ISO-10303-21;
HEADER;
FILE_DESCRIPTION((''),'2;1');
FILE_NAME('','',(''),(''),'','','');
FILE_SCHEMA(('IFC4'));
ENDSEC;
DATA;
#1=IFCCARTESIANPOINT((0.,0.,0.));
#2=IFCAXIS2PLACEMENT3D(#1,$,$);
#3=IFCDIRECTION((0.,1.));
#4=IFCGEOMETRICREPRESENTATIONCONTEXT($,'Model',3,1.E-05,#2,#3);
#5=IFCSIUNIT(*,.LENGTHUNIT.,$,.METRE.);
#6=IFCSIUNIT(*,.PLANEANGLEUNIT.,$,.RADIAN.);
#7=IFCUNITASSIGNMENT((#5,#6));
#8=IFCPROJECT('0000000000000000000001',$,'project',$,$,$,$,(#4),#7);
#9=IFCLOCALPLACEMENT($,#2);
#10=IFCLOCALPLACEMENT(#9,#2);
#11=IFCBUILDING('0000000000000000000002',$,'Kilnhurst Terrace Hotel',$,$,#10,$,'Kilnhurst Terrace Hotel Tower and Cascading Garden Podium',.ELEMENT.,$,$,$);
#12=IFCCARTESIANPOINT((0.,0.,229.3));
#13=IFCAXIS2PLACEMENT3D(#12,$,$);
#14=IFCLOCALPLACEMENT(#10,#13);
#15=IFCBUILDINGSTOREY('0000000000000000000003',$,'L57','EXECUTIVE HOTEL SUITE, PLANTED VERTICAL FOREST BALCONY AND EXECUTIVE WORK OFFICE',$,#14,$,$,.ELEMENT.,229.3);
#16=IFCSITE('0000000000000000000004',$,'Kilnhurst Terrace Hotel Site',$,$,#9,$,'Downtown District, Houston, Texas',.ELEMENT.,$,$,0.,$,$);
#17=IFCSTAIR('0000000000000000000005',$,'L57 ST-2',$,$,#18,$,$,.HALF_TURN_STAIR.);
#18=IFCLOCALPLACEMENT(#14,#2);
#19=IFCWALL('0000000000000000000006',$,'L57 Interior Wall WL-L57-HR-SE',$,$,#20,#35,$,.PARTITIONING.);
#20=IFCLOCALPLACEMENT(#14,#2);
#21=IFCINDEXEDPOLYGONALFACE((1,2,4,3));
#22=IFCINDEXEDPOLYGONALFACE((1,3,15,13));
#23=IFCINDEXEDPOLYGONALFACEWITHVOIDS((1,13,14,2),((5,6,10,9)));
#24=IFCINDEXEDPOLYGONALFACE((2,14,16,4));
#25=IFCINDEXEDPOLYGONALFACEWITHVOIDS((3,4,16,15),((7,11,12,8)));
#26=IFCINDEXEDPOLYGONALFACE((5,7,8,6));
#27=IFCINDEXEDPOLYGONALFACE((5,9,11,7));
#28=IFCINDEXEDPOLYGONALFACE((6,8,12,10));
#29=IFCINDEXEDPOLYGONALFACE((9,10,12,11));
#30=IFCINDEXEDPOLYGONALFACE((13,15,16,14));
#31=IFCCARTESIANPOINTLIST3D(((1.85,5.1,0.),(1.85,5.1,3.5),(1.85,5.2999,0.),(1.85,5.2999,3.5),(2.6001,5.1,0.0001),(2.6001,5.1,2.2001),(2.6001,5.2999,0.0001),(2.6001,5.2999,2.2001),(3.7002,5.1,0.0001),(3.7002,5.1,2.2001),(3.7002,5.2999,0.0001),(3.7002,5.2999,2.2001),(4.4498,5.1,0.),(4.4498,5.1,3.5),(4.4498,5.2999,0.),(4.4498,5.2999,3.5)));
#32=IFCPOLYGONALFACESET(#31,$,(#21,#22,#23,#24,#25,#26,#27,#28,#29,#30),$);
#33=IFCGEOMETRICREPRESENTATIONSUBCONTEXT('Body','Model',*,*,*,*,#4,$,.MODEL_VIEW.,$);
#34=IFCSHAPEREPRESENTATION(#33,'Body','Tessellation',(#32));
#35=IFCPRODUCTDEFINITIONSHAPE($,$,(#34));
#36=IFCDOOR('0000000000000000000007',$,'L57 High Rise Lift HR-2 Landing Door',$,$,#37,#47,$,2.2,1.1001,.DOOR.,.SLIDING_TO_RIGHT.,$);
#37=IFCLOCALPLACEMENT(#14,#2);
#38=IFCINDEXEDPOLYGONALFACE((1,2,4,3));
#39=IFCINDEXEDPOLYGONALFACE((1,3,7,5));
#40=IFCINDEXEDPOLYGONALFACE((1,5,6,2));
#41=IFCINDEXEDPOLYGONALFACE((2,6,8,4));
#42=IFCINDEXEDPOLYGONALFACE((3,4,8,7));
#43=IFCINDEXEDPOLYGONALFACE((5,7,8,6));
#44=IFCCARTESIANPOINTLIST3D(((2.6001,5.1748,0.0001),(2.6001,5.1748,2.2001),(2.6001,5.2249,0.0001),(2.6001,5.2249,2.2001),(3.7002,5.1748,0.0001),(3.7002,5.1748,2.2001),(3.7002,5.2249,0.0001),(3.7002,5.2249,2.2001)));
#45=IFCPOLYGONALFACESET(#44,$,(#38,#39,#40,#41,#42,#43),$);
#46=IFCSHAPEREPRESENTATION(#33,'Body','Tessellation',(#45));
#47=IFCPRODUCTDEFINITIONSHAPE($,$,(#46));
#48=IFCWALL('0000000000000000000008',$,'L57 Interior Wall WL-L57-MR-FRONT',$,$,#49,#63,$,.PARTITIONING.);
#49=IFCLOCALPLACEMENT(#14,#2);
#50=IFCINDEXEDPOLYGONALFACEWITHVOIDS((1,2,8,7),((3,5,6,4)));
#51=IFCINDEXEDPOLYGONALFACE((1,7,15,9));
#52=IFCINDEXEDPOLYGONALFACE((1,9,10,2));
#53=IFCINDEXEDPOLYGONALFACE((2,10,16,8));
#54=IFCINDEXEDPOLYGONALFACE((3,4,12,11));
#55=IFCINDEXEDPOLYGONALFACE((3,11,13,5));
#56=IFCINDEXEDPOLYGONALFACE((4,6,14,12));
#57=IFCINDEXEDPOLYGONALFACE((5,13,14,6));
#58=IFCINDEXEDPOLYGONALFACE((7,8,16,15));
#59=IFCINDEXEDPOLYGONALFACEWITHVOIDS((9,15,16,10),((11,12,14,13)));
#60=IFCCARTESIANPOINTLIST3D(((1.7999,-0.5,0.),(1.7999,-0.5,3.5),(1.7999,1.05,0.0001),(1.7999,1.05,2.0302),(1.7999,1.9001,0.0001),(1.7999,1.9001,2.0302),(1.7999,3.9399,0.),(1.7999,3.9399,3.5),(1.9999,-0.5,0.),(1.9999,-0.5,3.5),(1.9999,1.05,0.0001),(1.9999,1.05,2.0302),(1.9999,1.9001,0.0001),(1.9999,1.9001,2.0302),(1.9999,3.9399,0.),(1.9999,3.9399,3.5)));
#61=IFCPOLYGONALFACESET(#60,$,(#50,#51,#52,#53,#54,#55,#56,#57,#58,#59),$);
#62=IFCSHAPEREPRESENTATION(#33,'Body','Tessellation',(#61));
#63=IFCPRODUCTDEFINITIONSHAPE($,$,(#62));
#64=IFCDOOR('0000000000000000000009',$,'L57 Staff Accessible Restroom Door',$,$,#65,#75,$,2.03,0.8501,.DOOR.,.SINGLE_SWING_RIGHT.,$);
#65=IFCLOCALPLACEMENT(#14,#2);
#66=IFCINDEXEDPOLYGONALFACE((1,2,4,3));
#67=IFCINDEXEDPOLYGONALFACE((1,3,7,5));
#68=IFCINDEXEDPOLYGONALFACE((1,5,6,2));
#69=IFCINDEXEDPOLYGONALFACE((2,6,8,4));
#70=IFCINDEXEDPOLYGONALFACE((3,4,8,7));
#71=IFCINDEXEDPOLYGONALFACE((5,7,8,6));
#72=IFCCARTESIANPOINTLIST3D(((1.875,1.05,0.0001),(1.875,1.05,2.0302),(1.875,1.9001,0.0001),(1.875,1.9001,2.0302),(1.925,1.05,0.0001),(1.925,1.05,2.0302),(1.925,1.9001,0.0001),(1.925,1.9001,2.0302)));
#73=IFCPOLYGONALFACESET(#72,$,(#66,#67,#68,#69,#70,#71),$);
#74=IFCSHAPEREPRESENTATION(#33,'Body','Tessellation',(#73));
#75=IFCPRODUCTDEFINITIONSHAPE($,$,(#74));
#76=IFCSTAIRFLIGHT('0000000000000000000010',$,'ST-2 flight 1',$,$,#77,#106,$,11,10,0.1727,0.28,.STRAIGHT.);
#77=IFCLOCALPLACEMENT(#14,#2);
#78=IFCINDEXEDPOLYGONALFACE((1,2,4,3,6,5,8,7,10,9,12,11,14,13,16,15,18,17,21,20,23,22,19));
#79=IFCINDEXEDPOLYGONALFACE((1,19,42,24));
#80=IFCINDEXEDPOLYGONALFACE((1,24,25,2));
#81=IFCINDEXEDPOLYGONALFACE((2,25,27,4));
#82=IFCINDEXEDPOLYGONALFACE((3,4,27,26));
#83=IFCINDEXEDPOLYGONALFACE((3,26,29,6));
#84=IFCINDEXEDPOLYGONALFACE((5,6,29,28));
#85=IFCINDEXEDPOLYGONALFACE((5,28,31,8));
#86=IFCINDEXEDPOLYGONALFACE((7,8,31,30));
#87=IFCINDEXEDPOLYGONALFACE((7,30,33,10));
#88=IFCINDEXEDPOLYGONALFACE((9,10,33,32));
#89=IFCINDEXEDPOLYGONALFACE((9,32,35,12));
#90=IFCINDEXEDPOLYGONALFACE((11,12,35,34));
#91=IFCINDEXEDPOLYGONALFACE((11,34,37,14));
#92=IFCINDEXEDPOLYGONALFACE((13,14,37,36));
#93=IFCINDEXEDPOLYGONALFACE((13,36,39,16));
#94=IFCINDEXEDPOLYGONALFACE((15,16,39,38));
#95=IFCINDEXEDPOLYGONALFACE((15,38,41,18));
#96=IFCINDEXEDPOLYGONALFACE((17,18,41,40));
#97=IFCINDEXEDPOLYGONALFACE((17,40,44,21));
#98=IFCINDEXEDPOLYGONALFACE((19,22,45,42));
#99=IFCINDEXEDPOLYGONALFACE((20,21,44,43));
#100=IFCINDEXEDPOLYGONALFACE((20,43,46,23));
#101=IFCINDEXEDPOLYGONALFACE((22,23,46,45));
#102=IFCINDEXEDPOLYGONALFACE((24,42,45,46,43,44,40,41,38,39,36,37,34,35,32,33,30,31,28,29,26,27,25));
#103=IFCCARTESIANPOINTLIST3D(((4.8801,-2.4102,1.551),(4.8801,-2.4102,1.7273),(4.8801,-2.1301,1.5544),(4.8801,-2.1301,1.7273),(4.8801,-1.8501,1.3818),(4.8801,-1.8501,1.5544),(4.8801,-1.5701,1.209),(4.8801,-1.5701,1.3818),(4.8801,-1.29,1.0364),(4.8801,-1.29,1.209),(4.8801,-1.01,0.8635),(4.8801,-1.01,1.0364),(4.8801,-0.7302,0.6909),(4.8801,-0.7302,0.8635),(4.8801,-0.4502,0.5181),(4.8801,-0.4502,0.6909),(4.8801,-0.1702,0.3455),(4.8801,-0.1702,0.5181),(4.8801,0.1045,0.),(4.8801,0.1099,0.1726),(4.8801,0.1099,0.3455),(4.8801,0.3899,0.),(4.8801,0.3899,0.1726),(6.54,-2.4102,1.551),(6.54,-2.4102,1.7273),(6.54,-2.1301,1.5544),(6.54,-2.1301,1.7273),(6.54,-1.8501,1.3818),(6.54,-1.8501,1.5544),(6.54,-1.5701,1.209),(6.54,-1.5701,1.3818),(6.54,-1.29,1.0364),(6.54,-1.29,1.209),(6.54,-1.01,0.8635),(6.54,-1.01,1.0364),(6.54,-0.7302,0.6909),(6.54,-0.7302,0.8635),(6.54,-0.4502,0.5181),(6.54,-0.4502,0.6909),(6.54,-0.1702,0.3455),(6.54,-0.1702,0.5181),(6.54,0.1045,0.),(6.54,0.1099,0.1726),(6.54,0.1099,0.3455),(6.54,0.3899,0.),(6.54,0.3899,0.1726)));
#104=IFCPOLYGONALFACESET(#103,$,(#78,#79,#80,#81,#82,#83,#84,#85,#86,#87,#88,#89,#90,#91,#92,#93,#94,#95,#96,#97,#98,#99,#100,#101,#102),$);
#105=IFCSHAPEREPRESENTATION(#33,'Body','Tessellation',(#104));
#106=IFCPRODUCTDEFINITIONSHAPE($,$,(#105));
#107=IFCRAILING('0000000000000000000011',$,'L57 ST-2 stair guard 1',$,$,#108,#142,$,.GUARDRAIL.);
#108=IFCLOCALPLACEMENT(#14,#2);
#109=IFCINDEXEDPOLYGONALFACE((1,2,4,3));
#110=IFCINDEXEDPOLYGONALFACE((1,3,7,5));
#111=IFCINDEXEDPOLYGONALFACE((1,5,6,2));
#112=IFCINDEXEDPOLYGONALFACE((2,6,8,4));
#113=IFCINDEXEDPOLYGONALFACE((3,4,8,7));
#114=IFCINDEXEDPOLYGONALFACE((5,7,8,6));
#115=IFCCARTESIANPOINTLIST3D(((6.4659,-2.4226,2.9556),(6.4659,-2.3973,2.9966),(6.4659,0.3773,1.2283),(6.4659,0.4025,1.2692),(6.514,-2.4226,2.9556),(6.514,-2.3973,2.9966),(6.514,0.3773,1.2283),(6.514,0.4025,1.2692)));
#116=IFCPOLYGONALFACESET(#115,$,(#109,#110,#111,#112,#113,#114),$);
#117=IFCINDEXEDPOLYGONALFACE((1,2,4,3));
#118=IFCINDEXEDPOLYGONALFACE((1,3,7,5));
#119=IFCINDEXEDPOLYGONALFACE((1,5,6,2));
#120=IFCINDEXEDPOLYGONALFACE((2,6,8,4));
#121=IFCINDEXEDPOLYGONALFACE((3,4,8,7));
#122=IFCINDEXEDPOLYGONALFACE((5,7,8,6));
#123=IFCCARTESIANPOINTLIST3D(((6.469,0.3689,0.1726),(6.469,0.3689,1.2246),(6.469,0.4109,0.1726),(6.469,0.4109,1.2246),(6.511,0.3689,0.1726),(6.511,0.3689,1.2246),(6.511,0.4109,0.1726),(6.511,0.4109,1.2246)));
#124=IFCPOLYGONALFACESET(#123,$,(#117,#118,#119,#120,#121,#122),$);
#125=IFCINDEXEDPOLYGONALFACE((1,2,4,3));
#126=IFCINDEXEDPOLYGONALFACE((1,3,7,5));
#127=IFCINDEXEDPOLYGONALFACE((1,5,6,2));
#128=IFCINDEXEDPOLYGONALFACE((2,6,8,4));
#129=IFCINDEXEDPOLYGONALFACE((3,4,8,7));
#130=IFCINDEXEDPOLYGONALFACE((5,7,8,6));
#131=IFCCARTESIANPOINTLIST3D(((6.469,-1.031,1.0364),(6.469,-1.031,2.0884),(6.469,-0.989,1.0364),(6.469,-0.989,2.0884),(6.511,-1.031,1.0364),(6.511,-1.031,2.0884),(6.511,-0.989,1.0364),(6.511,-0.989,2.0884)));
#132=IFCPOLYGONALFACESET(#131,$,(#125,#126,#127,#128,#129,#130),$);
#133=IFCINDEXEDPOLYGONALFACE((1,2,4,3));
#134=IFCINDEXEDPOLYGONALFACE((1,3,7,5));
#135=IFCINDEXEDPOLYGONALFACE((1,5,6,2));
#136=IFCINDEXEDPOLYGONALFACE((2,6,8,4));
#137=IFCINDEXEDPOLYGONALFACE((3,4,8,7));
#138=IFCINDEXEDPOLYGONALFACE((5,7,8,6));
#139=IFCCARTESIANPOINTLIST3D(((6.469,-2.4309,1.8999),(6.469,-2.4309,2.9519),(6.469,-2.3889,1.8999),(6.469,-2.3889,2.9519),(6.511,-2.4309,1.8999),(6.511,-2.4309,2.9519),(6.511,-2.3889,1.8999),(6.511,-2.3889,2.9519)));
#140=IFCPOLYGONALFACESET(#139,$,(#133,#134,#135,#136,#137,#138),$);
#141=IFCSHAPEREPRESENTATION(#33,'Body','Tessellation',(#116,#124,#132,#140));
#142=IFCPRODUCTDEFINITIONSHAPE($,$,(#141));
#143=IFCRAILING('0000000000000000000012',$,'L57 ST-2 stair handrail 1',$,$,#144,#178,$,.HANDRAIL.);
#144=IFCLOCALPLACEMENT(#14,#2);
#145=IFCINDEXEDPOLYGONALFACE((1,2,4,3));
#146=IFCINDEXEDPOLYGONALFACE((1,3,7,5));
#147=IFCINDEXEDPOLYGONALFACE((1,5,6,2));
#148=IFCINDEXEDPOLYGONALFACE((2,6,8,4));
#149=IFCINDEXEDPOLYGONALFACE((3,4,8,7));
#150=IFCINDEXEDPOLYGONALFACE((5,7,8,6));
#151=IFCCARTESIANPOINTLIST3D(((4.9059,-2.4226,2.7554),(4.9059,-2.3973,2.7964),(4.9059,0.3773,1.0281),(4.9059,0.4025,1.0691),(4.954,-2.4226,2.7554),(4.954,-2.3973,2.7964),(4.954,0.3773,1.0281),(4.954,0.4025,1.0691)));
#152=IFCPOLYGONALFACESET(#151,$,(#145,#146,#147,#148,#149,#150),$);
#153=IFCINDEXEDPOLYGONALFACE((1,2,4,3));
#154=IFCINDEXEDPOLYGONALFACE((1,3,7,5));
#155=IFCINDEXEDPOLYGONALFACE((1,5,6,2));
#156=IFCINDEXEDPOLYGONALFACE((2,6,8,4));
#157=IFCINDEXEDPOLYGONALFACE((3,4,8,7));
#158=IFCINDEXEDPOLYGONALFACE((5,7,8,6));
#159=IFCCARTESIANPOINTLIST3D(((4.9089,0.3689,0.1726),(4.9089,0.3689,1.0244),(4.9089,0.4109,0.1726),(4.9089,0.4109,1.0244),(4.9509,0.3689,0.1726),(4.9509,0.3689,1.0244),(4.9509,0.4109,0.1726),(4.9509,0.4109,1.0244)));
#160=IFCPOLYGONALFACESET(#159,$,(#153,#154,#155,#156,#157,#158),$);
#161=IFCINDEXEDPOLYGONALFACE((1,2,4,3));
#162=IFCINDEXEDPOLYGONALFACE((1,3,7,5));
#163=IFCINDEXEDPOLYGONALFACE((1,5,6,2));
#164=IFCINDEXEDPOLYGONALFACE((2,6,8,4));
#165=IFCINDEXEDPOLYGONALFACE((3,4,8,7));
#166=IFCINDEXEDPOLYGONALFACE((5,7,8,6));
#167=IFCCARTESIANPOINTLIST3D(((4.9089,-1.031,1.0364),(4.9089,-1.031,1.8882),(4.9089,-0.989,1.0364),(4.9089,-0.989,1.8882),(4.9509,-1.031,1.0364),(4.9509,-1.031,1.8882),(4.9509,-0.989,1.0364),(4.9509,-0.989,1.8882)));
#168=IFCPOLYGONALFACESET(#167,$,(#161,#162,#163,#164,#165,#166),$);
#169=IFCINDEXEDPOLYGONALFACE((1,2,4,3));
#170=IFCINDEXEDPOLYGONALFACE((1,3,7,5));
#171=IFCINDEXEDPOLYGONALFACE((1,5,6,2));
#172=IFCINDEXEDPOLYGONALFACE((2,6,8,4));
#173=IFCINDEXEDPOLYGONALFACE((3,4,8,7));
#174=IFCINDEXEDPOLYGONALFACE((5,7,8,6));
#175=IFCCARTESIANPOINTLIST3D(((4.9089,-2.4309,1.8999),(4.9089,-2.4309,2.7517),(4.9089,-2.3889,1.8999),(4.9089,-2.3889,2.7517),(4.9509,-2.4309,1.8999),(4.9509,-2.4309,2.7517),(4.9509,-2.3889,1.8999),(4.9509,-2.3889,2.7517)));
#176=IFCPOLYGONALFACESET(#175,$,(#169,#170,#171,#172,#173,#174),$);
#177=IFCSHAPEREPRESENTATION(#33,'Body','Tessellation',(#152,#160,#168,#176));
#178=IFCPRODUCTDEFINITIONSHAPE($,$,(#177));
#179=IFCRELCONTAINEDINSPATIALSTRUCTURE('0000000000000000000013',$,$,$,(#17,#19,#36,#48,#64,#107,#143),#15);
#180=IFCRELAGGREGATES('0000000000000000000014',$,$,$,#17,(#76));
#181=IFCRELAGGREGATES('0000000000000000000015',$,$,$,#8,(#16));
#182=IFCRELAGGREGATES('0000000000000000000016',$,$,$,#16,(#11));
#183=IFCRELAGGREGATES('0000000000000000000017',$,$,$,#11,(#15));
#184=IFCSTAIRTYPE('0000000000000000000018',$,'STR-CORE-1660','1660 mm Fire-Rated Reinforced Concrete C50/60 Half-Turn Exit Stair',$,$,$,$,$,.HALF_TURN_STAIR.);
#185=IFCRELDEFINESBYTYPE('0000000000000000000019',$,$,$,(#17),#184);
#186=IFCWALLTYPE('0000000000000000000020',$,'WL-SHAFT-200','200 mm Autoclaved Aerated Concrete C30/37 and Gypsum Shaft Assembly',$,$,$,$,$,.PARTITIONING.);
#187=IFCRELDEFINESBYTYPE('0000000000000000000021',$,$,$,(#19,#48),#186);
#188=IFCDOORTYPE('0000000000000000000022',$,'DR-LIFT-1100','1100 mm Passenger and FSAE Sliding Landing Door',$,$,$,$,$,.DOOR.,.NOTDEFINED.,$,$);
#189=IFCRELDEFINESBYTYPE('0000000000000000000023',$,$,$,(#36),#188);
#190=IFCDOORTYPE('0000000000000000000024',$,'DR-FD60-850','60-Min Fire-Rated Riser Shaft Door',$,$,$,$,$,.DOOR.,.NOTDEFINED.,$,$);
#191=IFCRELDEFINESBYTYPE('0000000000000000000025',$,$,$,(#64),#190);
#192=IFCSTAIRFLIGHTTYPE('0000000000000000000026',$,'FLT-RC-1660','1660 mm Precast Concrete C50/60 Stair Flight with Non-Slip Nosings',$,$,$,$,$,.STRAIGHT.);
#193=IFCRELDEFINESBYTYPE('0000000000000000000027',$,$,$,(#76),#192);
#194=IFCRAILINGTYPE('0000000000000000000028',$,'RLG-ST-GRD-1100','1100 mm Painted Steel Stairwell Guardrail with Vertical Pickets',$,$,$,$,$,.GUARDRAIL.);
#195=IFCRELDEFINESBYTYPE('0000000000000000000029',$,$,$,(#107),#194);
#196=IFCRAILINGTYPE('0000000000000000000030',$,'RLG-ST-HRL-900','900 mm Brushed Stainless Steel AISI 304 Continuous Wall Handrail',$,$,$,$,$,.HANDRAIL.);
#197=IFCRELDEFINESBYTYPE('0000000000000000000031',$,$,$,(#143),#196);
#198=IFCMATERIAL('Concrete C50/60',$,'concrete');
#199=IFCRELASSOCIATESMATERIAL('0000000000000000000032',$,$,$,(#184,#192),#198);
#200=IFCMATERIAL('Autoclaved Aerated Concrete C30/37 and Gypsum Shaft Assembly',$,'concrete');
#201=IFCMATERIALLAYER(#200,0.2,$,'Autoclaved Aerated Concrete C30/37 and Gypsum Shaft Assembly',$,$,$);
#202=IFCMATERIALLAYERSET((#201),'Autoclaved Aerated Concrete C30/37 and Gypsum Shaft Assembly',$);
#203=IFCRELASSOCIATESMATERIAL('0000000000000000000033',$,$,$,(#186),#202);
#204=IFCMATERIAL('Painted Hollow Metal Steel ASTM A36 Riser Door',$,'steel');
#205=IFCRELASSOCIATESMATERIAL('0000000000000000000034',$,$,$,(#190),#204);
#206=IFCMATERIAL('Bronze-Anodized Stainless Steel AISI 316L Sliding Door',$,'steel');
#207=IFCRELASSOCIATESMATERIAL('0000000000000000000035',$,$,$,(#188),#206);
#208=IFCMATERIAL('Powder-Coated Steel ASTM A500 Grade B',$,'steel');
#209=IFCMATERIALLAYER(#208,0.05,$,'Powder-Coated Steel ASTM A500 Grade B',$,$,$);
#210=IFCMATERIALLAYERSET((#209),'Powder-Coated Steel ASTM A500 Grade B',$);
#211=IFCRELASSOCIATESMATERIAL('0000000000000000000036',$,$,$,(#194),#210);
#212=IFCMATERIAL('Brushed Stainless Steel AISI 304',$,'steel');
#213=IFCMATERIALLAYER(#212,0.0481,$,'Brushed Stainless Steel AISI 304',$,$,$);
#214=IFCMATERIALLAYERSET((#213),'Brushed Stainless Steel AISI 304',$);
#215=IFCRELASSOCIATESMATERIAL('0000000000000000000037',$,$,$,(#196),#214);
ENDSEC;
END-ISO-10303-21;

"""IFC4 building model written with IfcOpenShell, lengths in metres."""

from ifc_helpers import new_model, si_unit, direction, frame, frame_2d, origin, origin_2d, place, context, subcontext, project, spatial, polyline, rectangle, outline, extrude, material, layer, layer_set, type_object, element, fill, aggregate, save


model = new_model("IFC4")

# Units and contexts
model_context = context("Model", 3, precision=1e-05, world=origin(), true_north=direction((0.0, 1.0)))
body_context = subcontext(model_context, "Body", "Model", "MODEL_VIEW")
ifc_project = project(units=[si_unit("LENGTHUNIT", "METRE"), si_unit("PLANEANGLEUNIT", "RADIAN")], contexts=[model_context])

# Site, building, storey
site_placement = place(None, origin())
site = spatial("IfcSite", under=ifc_project, at=site_placement, Name="Kilnhurst Terrace Hotel Site", LongName="Downtown District, Houston, Texas", CompositionType="ELEMENT", RefElevation=0.0)
building_placement = place(site_placement, origin())
building = spatial("IfcBuilding", under=site, at=building_placement, Name="Kilnhurst Terrace Hotel", LongName="Kilnhurst Terrace Hotel Tower and Cascading Garden Podium", CompositionType="ELEMENT")
storey_placement = place(building_placement, frame((0.0, 0.0, 229.3)))
storey = spatial("IfcBuildingStorey", under=building, at=storey_placement, Name="L57", Description="EXECUTIVE HOTEL SUITE, PLANTED VERTICAL FOREST BALCONY AND EXECUTIVE WORK OFFICE", CompositionType="ELEMENT", Elevation=229.3)

# Shared definitions
ifc_material_1 = material(Name="Concrete C50/60", Category="concrete")

# Stair
stair_type = type_object("IfcStairType", Name="STR-CORE-1660", Description="1660 mm Fire-Rated Reinforced Concrete C50/60 Half-Turn Exit Stair", PredefinedType="HALF_TURN_STAIR", material=ifc_material_1)
stair_1_placement = place(storey_placement, origin())
stair_1 = element("IfcStair", 1, at=stair_1_placement, inside=storey, type_object=stair_type, Name="L57 ST-2", PredefinedType="HALF_TURN_STAIR")

# Shared definitions
ifc_material_2 = material(Name="Autoclaved Aerated Concrete C30/37 and Gypsum Shaft Assembly", Category="concrete")
ifc_layer_1 = layer(ifc_material_2, 0.2, Name="Autoclaved Aerated Concrete C30/37 and Gypsum Shaft Assembly")
ifc_layer_set_1 = layer_set([ifc_layer_1], Name="Autoclaved Aerated Concrete C30/37 and Gypsum Shaft Assembly")
wall_type_1 = type_object("IfcWallType", Name="WL-SHAFT-200", Description="200 mm Autoclaved Aerated Concrete C30/37 and Gypsum Shaft Assembly", PredefinedType="PARTITIONING", material=ifc_layer_set_1)
ifc_material_3 = material(Name="Painted Hollow Metal Steel ASTM A36 Riser Door", Category="steel")
door_type_1 = type_object("IfcDoorType", Name="DR-FD60-850", Description="60-Min Fire-Rated Riser Shaft Door", OperationType="NOTDEFINED", PredefinedType="DOOR", material=ifc_material_3)
ifc_material_4 = material(Name="Bronze-Anodized Stainless Steel AISI 316L Sliding Door", Category="steel")
door_type_2 = type_object("IfcDoorType", Name="DR-LIFT-1100", Description="1100 mm Passenger and FSAE Sliding Landing Door", OperationType="NOTDEFINED", PredefinedType="DOOR", material=ifc_material_4)

# Walls, openings, doors
wall_1_placement = place(storey_placement, frame((1.8501, 5.2, 0.0), z_axis=(0.0, 0.0, 1.0), x_axis=(1.0, 0.0, 0.0)))
wall_1 = element("IfcWall", 2, at=wall_1_placement, inside=storey, type_object=wall_type_1, Name="L57 Interior Wall WL-L57-HR-SE", PredefinedType="PARTITIONING", context=body_context, shape_type="SweptSolid", body=[
    extrude(rectangle(XDim=2.5999, YDim=0.2, at=frame_2d((1.2998, 0.0))), origin(), (0.0, 0.0, 1.0), 3.5),
])
opening_1_placement = place(wall_1_placement, frame((0.75, 0.0, 0.0)))
opening_1 = element("IfcOpeningElement", 3, at=opening_1_placement, cuts=wall_1, PredefinedType="OPENING", context=body_context, shape_type="SweptSolid", body=[
    extrude(rectangle(XDim=1.1001, YDim=2.2, at=frame_2d((0.55, 1.1001))), frame((0.0, 0.1099, 0.0), z_axis=(0.0, -1.0, 0.0), x_axis=(1.0, 0.0, 0.0)), (0.0, 0.0, 1.0), 0.22),
])
door_1_placement = place(opening_1_placement, origin())
door_1 = element("IfcDoor", 4, at=door_1_placement, inside=storey, type_object=door_type_2, Name="L57 High Rise Lift HR-2 Landing Door", OperationType="SLIDING_TO_RIGHT", OverallHeight=2.2, OverallWidth=1.1001, PredefinedType="DOOR", context=body_context, shape_type="SweptSolid", body=[
    extrude(rectangle(XDim=1.1001, YDim=2.2, at=frame_2d((0.55, 1.1001))), frame((0.0, 0.0249, 0.0), z_axis=(0.0, -1.0, 0.0), x_axis=(1.0, 0.0, 0.0)), (0.0, 0.0, 1.0), 0.05),
])
fill(opening_1, door_1)
wall_2_placement = place(storey_placement, frame((1.8999, -0.5, 0.0), z_axis=(0.0, 0.0, 1.0), x_axis=(0.0, 1.0, 0.0)))
wall_2 = element("IfcWall", 5, at=wall_2_placement, inside=storey, type_object=wall_type_1, Name="L57 Interior Wall WL-L57-MR-FRONT", PredefinedType="PARTITIONING", context=body_context, shape_type="SweptSolid", body=[
    extrude(rectangle(XDim=4.4399, YDim=0.2, at=frame_2d((2.22, 0.0))), origin(), (0.0, 0.0, 1.0), 3.5),
])
opening_2_placement = place(wall_2_placement, frame((1.55, 0.0, 0.0)))
opening_2 = element("IfcOpeningElement", 6, at=opening_2_placement, cuts=wall_2, PredefinedType="OPENING", context=body_context, shape_type="SweptSolid", body=[
    extrude(rectangle(XDim=0.8501, YDim=2.03, at=frame_2d((0.425, 1.0151))), frame((0.0, 0.1099, 0.0), z_axis=(0.0, -1.0, 0.0), x_axis=(1.0, 0.0, 0.0)), (0.0, 0.0, 1.0), 0.22),
])
door_2_placement = place(opening_2_placement, origin())
door_2 = element("IfcDoor", 7, at=door_2_placement, inside=storey, type_object=door_type_1, Name="L57 Staff Accessible Restroom Door", OperationType="SINGLE_SWING_RIGHT", OverallHeight=2.03, OverallWidth=0.8501, PredefinedType="DOOR", context=body_context, shape_type="SweptSolid", body=[
    extrude(rectangle(XDim=0.8501, YDim=2.03, at=frame_2d((0.425, 1.0151))), frame((0.0, 0.0249, 0.0), z_axis=(0.0, -1.0, 0.0), x_axis=(1.0, 0.0, 0.0)), (0.0, 0.0, 1.0), 0.05),
])
fill(opening_2, door_2)

# Stair flight
stair_flight_type = type_object("IfcStairFlightType", Name="FLT-RC-1660", Description="1660 mm Precast Concrete C50/60 Stair Flight with Non-Slip Nosings", PredefinedType="STRAIGHT", material=ifc_material_1)
stair_flight_placement = place(storey_placement, frame((5.71, 0.3899, 0.0), z_axis=(0.0, 0.0, 1.0), x_axis=(0.0, -1.0, 0.0)))
stair_flight = element("IfcStairFlight", 8, at=stair_flight_placement, type_object=stair_flight_type, Name="ST-2 flight 1", NumberOfRisers=11, NumberOfTreads=10, PredefinedType="STRAIGHT", RiserHeight=0.1727, TreadLength=0.28, context=body_context, shape_type="SweptSolid", body=[
    extrude(outline(polyline([(0.0, 0.0), (0.0, 0.1726), (0.28, 0.1726), (0.28, 0.3455), (0.5601, 0.3455), (0.5601, 0.5181), (0.8401, 0.5181), (0.8401, 0.6909), (1.1201, 0.6909), (1.1201, 0.8635), (1.3999, 0.8635), (1.3999, 1.0364), (1.6799, 1.0364), (1.6799, 1.209), (1.96, 1.209), (1.96, 1.3818), (2.24, 1.3818), (2.24, 1.5544), (2.52, 1.5544), (2.52, 1.7273), (2.8, 1.7273), (2.8, 1.8999), (2.8, 1.551), (0.2854, 0.0), (0.0, 0.0)])), frame((0.0, 0.8301, 0.0), z_axis=(0.0, -1.0, 0.0), x_axis=(1.0, 0.0, 0.0)), (0.0, 0.0, 1.0), 1.6599),
])
aggregate(stair_1, [stair_flight])

# Railings
ifc_material_5 = material(Name="Powder-Coated Steel ASTM A500 Grade B", Category="steel")
ifc_layer_2 = layer(ifc_material_5, 0.05, Name="Powder-Coated Steel ASTM A500 Grade B")
ifc_layer_set_2 = layer_set([ifc_layer_2], Name="Powder-Coated Steel ASTM A500 Grade B")
railing_type_1 = type_object("IfcRailingType", Name="RLG-ST-GRD-1100", Description="1100 mm Painted Steel Stairwell Guardrail with Vertical Pickets", PredefinedType="GUARDRAIL", material=ifc_layer_set_2)
railing_1_placement = place(storey_placement, frame((6.49, 0.3899, 0.1726)))
element("IfcRailing", 9, at=railing_1_placement, inside=storey, type_object=railing_type_1, Name="L57 ST-2 stair guard 1", PredefinedType="GUARDRAIL", context=body_context, shape_type="SweptSolid", body=[
    extrude(rectangle(XDim=0.0481, YDim=0.0481, at=origin_2d()), frame((0.0, 0.0, 1.0762), z_axis=(0.0, -0.851069, 0.525054), x_axis=(1.0, 0.0, 0.0)), (0.0, 0.0, 1.0), 3.2898),
    extrude(rectangle(XDim=0.042, YDim=0.042, at=origin_2d()), origin(), (0.0, 0.0, 1.0), 1.052),
    extrude(rectangle(XDim=0.042, YDim=0.042, at=origin_2d()), frame((0.0, -1.3999, 0.8638)), (0.0, 0.0, 1.0), 1.052),
    extrude(rectangle(XDim=0.042, YDim=0.042, at=origin_2d()), frame((0.0, -2.7998, 1.7273)), (0.0, 0.0, 1.0), 1.052),
])
ifc_material_6 = material(Name="Brushed Stainless Steel AISI 304", Category="steel")
ifc_layer_3 = layer(ifc_material_6, 0.0481, Name="Brushed Stainless Steel AISI 304")
ifc_layer_set_3 = layer_set([ifc_layer_3], Name="Brushed Stainless Steel AISI 304")
railing_type_2 = type_object("IfcRailingType", Name="RLG-ST-HRL-900", Description="900 mm Brushed Stainless Steel AISI 304 Continuous Wall Handrail", PredefinedType="HANDRAIL", material=ifc_layer_set_3)
railing_2_placement = place(storey_placement, frame((4.9299, 0.3899, 0.1726)))
element("IfcRailing", 10, at=railing_2_placement, inside=storey, type_object=railing_type_2, Name="L57 ST-2 stair handrail 1", PredefinedType="HANDRAIL", context=body_context, shape_type="SweptSolid", body=[
    extrude(rectangle(XDim=0.0481, YDim=0.0481, at=origin_2d()), frame((0.0, 0.0, 0.876), z_axis=(0.0, -0.851069, 0.525054), x_axis=(1.0, 0.0, 0.0)), (0.0, 0.0, 1.0), 3.2898),
    extrude(rectangle(XDim=0.042, YDim=0.042, at=origin_2d()), origin(), (0.0, 0.0, 1.0), 0.8518),
    extrude(rectangle(XDim=0.042, YDim=0.042, at=origin_2d()), frame((0.0, -1.3999, 0.8638)), (0.0, 0.0, 1.0), 0.8518),
    extrude(rectangle(XDim=0.042, YDim=0.042, at=origin_2d()), frame((0.0, -2.7998, 1.7273)), (0.0, 0.0, 1.0), 0.8518),
])

save(model, "model.ifc")
